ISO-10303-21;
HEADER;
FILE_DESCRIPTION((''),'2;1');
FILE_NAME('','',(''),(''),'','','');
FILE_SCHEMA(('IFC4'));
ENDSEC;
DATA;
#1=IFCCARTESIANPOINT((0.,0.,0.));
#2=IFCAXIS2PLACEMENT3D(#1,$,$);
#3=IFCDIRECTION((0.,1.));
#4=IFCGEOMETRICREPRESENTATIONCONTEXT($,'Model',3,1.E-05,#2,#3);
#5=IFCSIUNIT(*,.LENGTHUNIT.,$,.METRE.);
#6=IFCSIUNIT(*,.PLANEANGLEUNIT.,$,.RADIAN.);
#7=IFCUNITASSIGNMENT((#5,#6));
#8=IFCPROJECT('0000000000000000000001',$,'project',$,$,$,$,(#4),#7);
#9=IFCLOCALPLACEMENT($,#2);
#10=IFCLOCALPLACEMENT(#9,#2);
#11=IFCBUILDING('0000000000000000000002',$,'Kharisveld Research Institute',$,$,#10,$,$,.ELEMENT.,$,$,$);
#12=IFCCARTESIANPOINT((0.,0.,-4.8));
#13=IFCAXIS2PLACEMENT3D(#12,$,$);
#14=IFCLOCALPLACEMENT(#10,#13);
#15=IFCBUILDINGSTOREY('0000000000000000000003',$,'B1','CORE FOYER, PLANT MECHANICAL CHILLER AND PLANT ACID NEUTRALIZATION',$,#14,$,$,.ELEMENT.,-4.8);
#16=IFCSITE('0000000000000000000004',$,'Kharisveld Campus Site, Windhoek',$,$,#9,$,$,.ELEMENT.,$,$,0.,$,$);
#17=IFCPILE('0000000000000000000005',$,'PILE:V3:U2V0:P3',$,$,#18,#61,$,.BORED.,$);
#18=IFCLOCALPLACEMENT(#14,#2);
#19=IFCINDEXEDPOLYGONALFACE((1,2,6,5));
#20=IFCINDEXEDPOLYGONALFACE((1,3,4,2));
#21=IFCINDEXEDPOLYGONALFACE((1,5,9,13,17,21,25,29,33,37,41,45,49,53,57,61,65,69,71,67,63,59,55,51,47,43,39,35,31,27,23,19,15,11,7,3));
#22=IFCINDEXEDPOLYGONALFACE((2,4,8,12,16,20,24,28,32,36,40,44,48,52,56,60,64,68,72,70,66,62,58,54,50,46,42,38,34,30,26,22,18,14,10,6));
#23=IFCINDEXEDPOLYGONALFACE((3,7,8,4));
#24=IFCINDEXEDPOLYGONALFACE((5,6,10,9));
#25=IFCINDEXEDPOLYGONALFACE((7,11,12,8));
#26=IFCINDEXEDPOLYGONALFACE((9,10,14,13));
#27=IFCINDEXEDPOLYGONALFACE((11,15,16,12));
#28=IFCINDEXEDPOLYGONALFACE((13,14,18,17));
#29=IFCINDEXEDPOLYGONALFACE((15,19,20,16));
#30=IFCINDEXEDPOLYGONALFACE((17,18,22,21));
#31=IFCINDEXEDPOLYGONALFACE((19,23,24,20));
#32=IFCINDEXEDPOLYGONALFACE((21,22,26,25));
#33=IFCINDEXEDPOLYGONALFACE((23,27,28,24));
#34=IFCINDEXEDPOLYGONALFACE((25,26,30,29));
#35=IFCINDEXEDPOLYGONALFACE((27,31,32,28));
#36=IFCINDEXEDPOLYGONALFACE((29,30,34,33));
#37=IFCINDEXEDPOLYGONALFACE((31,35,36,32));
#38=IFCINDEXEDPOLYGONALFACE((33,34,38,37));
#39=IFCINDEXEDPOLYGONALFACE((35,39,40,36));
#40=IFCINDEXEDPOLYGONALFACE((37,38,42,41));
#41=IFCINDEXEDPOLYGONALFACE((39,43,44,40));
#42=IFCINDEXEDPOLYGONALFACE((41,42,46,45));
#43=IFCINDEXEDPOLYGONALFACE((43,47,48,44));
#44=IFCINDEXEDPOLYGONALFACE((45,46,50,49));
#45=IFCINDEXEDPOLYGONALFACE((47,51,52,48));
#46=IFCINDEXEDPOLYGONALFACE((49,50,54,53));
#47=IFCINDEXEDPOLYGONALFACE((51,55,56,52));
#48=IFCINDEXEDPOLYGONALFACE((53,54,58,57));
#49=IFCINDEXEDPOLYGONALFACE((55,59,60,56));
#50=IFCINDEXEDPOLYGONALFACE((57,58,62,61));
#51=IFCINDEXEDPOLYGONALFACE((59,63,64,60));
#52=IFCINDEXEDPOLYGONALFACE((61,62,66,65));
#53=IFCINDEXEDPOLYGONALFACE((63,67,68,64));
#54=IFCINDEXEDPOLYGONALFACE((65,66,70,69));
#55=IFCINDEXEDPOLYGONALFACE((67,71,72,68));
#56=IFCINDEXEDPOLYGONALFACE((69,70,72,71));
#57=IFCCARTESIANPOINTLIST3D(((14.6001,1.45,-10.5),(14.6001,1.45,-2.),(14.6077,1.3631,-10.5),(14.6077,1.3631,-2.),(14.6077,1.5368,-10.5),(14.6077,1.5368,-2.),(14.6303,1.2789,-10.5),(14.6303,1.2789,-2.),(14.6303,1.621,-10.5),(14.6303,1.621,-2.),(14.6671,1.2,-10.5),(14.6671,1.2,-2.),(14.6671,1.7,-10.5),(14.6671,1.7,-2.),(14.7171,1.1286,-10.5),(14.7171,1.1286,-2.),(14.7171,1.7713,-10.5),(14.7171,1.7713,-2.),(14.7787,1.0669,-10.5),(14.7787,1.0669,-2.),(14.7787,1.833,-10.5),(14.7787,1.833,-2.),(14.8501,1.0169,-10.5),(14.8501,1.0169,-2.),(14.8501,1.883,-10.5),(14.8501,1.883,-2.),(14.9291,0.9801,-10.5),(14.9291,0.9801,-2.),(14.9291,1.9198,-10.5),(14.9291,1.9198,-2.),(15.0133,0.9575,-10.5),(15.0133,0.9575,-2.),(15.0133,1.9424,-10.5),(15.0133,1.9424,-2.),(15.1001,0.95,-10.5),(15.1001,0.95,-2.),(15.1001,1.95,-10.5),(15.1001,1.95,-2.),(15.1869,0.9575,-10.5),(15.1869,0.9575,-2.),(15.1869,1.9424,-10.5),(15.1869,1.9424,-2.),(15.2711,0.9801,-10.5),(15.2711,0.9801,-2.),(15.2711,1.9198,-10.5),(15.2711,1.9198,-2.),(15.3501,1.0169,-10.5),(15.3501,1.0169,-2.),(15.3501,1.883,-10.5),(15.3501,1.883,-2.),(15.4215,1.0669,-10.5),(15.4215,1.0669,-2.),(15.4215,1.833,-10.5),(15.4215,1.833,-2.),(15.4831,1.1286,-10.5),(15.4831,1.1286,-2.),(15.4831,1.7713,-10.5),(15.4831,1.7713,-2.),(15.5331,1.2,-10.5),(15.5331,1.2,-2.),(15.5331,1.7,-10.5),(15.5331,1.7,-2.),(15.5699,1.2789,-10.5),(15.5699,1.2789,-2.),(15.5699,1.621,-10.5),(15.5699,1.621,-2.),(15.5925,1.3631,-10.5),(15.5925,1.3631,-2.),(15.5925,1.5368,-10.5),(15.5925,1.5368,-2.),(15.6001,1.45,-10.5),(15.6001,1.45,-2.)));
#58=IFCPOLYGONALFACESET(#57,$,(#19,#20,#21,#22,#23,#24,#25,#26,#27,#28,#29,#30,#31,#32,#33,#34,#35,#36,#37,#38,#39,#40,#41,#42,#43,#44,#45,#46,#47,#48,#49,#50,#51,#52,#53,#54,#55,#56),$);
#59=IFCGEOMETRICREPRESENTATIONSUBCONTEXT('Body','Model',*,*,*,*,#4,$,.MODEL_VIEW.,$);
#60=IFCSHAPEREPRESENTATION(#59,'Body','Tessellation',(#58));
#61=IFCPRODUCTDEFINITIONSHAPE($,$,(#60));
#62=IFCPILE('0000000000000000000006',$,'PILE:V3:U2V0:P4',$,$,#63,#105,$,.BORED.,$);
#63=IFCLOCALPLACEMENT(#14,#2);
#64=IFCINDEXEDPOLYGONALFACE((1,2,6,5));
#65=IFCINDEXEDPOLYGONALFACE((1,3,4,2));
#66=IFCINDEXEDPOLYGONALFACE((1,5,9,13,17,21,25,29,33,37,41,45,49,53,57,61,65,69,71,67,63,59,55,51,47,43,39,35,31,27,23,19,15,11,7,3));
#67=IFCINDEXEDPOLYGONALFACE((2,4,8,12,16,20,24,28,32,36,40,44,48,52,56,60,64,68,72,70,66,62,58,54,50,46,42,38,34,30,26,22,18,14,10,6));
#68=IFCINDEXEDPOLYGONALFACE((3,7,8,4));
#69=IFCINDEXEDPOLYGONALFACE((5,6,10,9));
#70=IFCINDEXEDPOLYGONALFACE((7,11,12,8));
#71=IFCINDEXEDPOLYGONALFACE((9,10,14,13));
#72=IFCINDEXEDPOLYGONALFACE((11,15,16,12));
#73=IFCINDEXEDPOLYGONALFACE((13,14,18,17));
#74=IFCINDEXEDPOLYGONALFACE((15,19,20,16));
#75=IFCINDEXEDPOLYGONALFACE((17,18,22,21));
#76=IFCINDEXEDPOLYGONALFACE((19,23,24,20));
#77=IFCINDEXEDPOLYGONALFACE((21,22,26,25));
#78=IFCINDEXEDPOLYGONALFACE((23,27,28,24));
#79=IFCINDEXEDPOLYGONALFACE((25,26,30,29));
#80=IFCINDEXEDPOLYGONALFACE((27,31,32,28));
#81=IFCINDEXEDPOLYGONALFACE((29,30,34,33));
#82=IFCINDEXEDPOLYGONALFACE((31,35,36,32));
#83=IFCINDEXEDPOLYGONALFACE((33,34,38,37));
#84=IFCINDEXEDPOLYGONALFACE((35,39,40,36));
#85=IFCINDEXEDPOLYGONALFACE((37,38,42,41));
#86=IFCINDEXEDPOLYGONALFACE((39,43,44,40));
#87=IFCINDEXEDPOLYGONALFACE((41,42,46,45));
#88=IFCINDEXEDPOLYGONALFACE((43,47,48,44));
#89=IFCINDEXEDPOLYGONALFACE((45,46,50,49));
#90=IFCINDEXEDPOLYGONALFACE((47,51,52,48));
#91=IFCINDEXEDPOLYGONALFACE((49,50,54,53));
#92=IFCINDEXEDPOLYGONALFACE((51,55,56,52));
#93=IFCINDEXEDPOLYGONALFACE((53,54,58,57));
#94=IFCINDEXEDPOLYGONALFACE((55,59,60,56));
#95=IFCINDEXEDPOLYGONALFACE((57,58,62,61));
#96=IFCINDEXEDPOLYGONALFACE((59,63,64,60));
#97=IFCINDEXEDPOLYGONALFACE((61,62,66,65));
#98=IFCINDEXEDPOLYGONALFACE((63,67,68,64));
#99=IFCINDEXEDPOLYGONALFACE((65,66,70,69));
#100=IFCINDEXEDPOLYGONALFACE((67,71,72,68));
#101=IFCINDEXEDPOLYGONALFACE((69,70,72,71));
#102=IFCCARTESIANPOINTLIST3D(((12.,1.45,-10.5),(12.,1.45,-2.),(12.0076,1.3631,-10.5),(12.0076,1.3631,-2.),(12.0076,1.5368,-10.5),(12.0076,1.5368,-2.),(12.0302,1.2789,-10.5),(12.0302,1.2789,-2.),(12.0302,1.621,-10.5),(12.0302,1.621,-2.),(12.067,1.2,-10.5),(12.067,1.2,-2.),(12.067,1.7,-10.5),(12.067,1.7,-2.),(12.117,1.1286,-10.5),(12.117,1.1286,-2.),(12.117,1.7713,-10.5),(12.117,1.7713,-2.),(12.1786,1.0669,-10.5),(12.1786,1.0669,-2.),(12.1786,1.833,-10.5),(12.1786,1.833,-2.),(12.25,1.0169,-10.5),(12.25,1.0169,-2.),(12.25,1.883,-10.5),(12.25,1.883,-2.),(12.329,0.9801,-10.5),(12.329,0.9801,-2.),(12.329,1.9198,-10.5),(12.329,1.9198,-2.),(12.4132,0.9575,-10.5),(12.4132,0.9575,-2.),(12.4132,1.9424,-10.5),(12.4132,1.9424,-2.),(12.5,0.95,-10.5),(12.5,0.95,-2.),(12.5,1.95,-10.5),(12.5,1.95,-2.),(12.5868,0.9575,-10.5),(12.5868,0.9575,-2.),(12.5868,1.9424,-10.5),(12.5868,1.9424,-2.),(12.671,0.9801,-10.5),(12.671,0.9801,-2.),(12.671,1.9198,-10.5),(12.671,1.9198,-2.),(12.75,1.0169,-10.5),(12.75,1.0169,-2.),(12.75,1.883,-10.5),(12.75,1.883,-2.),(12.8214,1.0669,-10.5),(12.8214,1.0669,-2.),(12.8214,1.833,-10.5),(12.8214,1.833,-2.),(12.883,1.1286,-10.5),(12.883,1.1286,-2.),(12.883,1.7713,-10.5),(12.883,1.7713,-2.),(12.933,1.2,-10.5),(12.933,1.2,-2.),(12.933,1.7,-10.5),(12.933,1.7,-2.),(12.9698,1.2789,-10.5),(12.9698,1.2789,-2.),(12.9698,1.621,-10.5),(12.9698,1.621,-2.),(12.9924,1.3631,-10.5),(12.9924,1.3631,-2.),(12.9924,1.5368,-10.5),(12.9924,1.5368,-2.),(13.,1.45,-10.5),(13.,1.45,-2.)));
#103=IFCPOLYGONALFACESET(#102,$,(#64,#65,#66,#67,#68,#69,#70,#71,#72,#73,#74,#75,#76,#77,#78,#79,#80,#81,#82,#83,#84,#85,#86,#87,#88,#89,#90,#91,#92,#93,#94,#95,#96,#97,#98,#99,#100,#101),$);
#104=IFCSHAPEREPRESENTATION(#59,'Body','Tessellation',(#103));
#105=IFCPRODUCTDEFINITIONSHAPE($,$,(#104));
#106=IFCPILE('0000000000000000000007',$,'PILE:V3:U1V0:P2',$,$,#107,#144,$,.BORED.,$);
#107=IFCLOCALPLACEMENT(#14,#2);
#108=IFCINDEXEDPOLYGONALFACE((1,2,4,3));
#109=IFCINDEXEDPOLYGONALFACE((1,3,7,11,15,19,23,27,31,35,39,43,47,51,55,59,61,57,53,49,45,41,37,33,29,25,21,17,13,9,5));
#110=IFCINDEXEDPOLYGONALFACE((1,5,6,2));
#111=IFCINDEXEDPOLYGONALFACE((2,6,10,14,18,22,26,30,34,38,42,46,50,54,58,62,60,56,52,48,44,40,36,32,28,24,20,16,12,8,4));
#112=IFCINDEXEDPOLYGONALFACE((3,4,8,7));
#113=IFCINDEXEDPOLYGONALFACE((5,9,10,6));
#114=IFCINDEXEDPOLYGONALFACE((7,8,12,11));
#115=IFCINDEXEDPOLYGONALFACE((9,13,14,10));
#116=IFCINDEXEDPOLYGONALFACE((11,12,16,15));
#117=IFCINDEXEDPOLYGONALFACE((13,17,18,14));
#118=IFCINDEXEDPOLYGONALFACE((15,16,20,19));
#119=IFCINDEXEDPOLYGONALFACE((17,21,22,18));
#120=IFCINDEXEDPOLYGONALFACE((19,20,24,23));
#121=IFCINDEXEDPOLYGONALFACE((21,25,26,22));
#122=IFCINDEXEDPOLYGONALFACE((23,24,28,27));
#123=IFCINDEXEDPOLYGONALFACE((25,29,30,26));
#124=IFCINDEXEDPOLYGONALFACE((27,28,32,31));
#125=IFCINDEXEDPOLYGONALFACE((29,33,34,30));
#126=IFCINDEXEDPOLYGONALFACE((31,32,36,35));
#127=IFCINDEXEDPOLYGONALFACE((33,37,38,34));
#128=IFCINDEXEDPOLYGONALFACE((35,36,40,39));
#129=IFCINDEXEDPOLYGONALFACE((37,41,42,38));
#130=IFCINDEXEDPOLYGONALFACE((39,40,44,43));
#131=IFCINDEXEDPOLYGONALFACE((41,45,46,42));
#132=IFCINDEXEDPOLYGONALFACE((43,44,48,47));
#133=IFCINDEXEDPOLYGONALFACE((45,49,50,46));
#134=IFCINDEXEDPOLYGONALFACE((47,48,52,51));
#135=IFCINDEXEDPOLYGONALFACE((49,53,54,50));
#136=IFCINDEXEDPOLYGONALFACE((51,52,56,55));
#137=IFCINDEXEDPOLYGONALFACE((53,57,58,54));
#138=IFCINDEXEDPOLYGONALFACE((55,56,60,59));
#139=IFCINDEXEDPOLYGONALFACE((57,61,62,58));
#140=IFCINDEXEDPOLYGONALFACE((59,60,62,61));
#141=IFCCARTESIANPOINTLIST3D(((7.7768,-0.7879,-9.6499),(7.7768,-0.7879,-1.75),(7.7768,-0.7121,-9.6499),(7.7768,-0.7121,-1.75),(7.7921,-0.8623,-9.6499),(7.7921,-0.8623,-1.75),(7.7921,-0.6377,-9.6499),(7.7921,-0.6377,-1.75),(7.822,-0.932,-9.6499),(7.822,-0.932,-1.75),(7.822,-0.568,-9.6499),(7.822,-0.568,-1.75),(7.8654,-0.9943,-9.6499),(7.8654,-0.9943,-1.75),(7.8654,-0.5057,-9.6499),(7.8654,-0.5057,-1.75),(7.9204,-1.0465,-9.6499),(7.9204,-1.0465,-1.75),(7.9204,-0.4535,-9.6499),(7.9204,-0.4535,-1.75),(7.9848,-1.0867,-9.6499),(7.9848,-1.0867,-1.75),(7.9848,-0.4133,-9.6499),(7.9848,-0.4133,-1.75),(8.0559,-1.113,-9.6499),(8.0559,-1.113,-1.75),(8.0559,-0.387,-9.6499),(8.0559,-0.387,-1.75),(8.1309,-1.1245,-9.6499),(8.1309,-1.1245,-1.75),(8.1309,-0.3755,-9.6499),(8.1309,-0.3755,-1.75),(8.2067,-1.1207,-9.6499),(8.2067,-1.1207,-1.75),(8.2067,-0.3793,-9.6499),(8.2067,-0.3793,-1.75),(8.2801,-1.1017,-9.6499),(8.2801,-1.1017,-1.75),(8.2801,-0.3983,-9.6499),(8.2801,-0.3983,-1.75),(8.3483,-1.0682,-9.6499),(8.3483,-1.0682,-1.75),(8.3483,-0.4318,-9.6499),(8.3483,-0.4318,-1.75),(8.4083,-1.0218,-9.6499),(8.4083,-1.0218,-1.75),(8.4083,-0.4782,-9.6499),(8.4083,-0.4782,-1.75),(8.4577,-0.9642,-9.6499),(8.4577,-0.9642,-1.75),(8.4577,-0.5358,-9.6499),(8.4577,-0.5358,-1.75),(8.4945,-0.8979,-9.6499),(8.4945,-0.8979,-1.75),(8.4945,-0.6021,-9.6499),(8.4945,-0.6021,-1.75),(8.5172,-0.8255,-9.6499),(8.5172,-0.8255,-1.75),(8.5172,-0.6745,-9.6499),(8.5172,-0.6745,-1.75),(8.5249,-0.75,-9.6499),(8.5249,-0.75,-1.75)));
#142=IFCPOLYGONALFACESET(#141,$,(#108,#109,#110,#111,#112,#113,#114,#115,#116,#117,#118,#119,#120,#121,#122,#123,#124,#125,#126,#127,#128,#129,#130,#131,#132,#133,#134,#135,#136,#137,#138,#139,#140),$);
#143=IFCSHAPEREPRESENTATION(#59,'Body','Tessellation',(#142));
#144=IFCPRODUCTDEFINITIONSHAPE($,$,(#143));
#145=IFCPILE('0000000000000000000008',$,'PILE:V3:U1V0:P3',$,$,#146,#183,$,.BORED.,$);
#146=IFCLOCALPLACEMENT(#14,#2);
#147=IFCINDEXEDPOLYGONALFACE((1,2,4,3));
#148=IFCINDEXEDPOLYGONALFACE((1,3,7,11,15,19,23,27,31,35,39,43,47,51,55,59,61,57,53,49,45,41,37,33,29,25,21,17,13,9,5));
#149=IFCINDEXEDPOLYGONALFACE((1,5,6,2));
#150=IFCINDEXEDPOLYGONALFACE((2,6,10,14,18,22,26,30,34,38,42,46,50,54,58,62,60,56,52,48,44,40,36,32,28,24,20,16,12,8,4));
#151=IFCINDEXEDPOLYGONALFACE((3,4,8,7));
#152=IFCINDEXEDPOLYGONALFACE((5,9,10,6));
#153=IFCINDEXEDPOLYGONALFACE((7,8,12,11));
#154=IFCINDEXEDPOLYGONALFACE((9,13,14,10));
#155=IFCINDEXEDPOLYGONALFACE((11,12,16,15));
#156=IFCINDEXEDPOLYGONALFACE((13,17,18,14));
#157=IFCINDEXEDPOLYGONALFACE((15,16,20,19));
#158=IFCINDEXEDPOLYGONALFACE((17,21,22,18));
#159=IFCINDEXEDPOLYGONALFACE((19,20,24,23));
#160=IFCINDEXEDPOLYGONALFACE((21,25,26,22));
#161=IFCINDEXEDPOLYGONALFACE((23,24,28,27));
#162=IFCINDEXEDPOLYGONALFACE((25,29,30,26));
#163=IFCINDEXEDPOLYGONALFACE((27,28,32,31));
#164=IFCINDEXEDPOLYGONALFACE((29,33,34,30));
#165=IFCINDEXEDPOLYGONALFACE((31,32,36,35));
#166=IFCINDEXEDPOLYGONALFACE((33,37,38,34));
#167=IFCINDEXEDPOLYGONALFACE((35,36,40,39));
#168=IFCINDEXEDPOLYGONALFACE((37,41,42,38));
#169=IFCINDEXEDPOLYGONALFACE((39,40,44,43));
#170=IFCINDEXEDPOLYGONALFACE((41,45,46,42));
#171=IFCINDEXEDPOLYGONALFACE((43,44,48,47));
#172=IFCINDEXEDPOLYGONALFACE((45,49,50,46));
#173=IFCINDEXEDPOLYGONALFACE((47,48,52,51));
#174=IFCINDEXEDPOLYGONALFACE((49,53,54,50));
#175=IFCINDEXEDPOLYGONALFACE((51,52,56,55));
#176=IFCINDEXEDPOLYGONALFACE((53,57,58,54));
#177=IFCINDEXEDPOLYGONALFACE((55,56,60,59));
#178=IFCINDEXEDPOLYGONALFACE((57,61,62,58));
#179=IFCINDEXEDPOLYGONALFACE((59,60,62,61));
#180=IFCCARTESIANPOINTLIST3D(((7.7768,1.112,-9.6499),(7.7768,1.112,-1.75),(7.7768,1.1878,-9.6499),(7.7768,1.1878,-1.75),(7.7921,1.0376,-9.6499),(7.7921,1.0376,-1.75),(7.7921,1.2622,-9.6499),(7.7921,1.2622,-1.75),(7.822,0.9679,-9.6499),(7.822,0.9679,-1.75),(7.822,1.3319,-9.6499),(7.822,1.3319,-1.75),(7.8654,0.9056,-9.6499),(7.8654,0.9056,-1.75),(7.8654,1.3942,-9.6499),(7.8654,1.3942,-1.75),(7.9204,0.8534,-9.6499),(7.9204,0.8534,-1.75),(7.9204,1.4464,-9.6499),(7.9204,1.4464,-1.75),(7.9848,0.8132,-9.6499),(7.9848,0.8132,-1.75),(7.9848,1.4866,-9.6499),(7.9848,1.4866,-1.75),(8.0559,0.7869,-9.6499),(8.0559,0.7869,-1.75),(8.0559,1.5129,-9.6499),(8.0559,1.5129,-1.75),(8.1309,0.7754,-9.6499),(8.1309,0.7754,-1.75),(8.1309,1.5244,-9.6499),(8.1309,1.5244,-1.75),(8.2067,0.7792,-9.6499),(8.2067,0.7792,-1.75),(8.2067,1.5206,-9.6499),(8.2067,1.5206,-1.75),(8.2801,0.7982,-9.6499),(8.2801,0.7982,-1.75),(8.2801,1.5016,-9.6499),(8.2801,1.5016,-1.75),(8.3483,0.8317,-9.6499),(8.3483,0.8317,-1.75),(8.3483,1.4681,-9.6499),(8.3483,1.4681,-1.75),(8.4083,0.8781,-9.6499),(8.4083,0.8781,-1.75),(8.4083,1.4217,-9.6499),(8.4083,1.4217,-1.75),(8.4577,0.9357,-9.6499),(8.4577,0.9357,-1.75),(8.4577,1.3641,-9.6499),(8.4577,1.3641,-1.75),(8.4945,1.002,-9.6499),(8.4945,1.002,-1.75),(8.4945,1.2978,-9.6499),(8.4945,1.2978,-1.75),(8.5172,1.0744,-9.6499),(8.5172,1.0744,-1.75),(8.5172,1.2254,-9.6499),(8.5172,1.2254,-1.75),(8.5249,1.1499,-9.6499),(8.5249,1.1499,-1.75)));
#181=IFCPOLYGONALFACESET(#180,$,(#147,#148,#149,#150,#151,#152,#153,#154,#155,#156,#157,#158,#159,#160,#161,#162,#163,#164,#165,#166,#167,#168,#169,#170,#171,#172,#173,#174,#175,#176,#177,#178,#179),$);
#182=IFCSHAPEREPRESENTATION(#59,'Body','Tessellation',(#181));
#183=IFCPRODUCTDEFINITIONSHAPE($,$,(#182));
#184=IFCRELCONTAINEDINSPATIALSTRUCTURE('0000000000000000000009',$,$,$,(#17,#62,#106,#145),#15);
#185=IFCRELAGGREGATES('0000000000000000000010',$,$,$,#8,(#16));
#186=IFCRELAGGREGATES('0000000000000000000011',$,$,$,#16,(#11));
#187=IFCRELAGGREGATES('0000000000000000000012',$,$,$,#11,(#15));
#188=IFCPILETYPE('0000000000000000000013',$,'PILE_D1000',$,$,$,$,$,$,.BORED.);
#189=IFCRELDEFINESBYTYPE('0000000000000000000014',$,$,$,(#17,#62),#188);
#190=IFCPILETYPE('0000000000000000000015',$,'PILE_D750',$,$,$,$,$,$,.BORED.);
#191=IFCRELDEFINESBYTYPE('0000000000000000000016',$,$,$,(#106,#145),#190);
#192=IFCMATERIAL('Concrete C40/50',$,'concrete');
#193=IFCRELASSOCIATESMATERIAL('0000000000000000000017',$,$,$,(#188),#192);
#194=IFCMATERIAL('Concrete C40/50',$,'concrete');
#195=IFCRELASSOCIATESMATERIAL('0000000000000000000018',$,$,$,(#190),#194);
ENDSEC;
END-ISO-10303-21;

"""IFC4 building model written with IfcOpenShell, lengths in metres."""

from ifc_helpers import new_model, si_unit, direction, frame, origin, origin_2d, place, context, subcontext, project, spatial, circle, extrude, material, material_profile, profile_set, type_object, element, save


model = new_model("IFC4")

# Units and contexts
model_context = context("Model", 3, precision=1e-05, world=origin(), true_north=direction((0.0, 1.0)))
body_context = subcontext(model_context, "Body", "Model", "MODEL_VIEW")
ifc_project = project(units=[si_unit("LENGTHUNIT", "METRE"), si_unit("PLANEANGLEUNIT", "RADIAN")], contexts=[model_context])

# Site, building, storey
site_placement = place(None, origin())
site = spatial("IfcSite", under=ifc_project, at=site_placement, Name="Kharisveld Campus Site, Windhoek", CompositionType="ELEMENT", RefElevation=0.0)
building_placement = place(site_placement, origin())
building = spatial("IfcBuilding", under=site, at=building_placement, Name="Kharisveld Research Institute", CompositionType="ELEMENT")
storey_placement = place(building_placement, frame((0.0, 0.0, -4.8)))
storey = spatial("IfcBuildingStorey", under=building, at=storey_placement, Name="B1", Description="CORE FOYER, PLANT MECHANICAL CHILLER AND PLANT ACID NEUTRALIZATION", CompositionType="ELEMENT", Elevation=-4.8)

# Piles
ifc_material_1 = material(Name="Concrete C40/50", Category="concrete")
ifc_material_profile_1 = material_profile(ifc_material_1, circle(Radius=0.5, at=origin_2d()))
ifc_profile_set_1 = profile_set([ifc_material_profile_1], Name="Concrete C40/50")
pile_type_1 = type_object("IfcPileType", Name="PILE_D1000", PredefinedType="BORED", material=ifc_profile_set_1)
for number, where, z_axis, x_axis, name in (
    (1, (15.1001, 1.45, -2.0), (0.0, 0.0, -1.0), (1.0, 0.0, 0.0), "PILE:V3:U2V0:P3"),
    (2, (12.5, 1.45, -2.0), (0.0, 0.0, -1.0), (1.0, 0.0, 0.0), "PILE:V3:U2V0:P4"),
):
    element("IfcPile", number, at=place(storey_placement, frame(where, z_axis=z_axis, x_axis=x_axis)), inside=storey, type_object=pile_type_1, Name=name, PredefinedType="BORED", context=body_context, shape_type="SweptSolid", body=[
        extrude(circle(Radius=0.5, at=origin_2d()), origin(), (0.0, 0.0, 1.0), 8.5),
    ])
ifc_material_2 = material(Name="Concrete C40/50", Category="concrete")
ifc_material_profile_2 = material_profile(ifc_material_2, circle(Radius=0.375, at=origin_2d()))
ifc_profile_set_2 = profile_set([ifc_material_profile_2], Name="Concrete C40/50")
pile_type_2 = type_object("IfcPileType", Name="PILE_D750", PredefinedType="BORED", material=ifc_profile_set_2)
for number, where, z_axis, x_axis, name in (
    (3, (8.1499, -0.75, -1.75), (0.0, 0.0, -1.0), (1.0, 0.0, 0.0), "PILE:V3:U1V0:P2"),
    (4, (8.1499, 1.1499, -1.75), (0.0, 0.0, -1.0), (1.0, 0.0, 0.0), "PILE:V3:U1V0:P3"),
):
    element("IfcPile", number, at=place(storey_placement, frame(where, z_axis=z_axis, x_axis=x_axis)), inside=storey, type_object=pile_type_2, Name=name, PredefinedType="BORED", context=body_context, shape_type="SweptSolid", body=[
        extrude(circle(Radius=0.375, at=origin_2d()), origin(), (0.0, 0.0, 1.0), 7.8999),
    ])

save(model, "model.ifc")
